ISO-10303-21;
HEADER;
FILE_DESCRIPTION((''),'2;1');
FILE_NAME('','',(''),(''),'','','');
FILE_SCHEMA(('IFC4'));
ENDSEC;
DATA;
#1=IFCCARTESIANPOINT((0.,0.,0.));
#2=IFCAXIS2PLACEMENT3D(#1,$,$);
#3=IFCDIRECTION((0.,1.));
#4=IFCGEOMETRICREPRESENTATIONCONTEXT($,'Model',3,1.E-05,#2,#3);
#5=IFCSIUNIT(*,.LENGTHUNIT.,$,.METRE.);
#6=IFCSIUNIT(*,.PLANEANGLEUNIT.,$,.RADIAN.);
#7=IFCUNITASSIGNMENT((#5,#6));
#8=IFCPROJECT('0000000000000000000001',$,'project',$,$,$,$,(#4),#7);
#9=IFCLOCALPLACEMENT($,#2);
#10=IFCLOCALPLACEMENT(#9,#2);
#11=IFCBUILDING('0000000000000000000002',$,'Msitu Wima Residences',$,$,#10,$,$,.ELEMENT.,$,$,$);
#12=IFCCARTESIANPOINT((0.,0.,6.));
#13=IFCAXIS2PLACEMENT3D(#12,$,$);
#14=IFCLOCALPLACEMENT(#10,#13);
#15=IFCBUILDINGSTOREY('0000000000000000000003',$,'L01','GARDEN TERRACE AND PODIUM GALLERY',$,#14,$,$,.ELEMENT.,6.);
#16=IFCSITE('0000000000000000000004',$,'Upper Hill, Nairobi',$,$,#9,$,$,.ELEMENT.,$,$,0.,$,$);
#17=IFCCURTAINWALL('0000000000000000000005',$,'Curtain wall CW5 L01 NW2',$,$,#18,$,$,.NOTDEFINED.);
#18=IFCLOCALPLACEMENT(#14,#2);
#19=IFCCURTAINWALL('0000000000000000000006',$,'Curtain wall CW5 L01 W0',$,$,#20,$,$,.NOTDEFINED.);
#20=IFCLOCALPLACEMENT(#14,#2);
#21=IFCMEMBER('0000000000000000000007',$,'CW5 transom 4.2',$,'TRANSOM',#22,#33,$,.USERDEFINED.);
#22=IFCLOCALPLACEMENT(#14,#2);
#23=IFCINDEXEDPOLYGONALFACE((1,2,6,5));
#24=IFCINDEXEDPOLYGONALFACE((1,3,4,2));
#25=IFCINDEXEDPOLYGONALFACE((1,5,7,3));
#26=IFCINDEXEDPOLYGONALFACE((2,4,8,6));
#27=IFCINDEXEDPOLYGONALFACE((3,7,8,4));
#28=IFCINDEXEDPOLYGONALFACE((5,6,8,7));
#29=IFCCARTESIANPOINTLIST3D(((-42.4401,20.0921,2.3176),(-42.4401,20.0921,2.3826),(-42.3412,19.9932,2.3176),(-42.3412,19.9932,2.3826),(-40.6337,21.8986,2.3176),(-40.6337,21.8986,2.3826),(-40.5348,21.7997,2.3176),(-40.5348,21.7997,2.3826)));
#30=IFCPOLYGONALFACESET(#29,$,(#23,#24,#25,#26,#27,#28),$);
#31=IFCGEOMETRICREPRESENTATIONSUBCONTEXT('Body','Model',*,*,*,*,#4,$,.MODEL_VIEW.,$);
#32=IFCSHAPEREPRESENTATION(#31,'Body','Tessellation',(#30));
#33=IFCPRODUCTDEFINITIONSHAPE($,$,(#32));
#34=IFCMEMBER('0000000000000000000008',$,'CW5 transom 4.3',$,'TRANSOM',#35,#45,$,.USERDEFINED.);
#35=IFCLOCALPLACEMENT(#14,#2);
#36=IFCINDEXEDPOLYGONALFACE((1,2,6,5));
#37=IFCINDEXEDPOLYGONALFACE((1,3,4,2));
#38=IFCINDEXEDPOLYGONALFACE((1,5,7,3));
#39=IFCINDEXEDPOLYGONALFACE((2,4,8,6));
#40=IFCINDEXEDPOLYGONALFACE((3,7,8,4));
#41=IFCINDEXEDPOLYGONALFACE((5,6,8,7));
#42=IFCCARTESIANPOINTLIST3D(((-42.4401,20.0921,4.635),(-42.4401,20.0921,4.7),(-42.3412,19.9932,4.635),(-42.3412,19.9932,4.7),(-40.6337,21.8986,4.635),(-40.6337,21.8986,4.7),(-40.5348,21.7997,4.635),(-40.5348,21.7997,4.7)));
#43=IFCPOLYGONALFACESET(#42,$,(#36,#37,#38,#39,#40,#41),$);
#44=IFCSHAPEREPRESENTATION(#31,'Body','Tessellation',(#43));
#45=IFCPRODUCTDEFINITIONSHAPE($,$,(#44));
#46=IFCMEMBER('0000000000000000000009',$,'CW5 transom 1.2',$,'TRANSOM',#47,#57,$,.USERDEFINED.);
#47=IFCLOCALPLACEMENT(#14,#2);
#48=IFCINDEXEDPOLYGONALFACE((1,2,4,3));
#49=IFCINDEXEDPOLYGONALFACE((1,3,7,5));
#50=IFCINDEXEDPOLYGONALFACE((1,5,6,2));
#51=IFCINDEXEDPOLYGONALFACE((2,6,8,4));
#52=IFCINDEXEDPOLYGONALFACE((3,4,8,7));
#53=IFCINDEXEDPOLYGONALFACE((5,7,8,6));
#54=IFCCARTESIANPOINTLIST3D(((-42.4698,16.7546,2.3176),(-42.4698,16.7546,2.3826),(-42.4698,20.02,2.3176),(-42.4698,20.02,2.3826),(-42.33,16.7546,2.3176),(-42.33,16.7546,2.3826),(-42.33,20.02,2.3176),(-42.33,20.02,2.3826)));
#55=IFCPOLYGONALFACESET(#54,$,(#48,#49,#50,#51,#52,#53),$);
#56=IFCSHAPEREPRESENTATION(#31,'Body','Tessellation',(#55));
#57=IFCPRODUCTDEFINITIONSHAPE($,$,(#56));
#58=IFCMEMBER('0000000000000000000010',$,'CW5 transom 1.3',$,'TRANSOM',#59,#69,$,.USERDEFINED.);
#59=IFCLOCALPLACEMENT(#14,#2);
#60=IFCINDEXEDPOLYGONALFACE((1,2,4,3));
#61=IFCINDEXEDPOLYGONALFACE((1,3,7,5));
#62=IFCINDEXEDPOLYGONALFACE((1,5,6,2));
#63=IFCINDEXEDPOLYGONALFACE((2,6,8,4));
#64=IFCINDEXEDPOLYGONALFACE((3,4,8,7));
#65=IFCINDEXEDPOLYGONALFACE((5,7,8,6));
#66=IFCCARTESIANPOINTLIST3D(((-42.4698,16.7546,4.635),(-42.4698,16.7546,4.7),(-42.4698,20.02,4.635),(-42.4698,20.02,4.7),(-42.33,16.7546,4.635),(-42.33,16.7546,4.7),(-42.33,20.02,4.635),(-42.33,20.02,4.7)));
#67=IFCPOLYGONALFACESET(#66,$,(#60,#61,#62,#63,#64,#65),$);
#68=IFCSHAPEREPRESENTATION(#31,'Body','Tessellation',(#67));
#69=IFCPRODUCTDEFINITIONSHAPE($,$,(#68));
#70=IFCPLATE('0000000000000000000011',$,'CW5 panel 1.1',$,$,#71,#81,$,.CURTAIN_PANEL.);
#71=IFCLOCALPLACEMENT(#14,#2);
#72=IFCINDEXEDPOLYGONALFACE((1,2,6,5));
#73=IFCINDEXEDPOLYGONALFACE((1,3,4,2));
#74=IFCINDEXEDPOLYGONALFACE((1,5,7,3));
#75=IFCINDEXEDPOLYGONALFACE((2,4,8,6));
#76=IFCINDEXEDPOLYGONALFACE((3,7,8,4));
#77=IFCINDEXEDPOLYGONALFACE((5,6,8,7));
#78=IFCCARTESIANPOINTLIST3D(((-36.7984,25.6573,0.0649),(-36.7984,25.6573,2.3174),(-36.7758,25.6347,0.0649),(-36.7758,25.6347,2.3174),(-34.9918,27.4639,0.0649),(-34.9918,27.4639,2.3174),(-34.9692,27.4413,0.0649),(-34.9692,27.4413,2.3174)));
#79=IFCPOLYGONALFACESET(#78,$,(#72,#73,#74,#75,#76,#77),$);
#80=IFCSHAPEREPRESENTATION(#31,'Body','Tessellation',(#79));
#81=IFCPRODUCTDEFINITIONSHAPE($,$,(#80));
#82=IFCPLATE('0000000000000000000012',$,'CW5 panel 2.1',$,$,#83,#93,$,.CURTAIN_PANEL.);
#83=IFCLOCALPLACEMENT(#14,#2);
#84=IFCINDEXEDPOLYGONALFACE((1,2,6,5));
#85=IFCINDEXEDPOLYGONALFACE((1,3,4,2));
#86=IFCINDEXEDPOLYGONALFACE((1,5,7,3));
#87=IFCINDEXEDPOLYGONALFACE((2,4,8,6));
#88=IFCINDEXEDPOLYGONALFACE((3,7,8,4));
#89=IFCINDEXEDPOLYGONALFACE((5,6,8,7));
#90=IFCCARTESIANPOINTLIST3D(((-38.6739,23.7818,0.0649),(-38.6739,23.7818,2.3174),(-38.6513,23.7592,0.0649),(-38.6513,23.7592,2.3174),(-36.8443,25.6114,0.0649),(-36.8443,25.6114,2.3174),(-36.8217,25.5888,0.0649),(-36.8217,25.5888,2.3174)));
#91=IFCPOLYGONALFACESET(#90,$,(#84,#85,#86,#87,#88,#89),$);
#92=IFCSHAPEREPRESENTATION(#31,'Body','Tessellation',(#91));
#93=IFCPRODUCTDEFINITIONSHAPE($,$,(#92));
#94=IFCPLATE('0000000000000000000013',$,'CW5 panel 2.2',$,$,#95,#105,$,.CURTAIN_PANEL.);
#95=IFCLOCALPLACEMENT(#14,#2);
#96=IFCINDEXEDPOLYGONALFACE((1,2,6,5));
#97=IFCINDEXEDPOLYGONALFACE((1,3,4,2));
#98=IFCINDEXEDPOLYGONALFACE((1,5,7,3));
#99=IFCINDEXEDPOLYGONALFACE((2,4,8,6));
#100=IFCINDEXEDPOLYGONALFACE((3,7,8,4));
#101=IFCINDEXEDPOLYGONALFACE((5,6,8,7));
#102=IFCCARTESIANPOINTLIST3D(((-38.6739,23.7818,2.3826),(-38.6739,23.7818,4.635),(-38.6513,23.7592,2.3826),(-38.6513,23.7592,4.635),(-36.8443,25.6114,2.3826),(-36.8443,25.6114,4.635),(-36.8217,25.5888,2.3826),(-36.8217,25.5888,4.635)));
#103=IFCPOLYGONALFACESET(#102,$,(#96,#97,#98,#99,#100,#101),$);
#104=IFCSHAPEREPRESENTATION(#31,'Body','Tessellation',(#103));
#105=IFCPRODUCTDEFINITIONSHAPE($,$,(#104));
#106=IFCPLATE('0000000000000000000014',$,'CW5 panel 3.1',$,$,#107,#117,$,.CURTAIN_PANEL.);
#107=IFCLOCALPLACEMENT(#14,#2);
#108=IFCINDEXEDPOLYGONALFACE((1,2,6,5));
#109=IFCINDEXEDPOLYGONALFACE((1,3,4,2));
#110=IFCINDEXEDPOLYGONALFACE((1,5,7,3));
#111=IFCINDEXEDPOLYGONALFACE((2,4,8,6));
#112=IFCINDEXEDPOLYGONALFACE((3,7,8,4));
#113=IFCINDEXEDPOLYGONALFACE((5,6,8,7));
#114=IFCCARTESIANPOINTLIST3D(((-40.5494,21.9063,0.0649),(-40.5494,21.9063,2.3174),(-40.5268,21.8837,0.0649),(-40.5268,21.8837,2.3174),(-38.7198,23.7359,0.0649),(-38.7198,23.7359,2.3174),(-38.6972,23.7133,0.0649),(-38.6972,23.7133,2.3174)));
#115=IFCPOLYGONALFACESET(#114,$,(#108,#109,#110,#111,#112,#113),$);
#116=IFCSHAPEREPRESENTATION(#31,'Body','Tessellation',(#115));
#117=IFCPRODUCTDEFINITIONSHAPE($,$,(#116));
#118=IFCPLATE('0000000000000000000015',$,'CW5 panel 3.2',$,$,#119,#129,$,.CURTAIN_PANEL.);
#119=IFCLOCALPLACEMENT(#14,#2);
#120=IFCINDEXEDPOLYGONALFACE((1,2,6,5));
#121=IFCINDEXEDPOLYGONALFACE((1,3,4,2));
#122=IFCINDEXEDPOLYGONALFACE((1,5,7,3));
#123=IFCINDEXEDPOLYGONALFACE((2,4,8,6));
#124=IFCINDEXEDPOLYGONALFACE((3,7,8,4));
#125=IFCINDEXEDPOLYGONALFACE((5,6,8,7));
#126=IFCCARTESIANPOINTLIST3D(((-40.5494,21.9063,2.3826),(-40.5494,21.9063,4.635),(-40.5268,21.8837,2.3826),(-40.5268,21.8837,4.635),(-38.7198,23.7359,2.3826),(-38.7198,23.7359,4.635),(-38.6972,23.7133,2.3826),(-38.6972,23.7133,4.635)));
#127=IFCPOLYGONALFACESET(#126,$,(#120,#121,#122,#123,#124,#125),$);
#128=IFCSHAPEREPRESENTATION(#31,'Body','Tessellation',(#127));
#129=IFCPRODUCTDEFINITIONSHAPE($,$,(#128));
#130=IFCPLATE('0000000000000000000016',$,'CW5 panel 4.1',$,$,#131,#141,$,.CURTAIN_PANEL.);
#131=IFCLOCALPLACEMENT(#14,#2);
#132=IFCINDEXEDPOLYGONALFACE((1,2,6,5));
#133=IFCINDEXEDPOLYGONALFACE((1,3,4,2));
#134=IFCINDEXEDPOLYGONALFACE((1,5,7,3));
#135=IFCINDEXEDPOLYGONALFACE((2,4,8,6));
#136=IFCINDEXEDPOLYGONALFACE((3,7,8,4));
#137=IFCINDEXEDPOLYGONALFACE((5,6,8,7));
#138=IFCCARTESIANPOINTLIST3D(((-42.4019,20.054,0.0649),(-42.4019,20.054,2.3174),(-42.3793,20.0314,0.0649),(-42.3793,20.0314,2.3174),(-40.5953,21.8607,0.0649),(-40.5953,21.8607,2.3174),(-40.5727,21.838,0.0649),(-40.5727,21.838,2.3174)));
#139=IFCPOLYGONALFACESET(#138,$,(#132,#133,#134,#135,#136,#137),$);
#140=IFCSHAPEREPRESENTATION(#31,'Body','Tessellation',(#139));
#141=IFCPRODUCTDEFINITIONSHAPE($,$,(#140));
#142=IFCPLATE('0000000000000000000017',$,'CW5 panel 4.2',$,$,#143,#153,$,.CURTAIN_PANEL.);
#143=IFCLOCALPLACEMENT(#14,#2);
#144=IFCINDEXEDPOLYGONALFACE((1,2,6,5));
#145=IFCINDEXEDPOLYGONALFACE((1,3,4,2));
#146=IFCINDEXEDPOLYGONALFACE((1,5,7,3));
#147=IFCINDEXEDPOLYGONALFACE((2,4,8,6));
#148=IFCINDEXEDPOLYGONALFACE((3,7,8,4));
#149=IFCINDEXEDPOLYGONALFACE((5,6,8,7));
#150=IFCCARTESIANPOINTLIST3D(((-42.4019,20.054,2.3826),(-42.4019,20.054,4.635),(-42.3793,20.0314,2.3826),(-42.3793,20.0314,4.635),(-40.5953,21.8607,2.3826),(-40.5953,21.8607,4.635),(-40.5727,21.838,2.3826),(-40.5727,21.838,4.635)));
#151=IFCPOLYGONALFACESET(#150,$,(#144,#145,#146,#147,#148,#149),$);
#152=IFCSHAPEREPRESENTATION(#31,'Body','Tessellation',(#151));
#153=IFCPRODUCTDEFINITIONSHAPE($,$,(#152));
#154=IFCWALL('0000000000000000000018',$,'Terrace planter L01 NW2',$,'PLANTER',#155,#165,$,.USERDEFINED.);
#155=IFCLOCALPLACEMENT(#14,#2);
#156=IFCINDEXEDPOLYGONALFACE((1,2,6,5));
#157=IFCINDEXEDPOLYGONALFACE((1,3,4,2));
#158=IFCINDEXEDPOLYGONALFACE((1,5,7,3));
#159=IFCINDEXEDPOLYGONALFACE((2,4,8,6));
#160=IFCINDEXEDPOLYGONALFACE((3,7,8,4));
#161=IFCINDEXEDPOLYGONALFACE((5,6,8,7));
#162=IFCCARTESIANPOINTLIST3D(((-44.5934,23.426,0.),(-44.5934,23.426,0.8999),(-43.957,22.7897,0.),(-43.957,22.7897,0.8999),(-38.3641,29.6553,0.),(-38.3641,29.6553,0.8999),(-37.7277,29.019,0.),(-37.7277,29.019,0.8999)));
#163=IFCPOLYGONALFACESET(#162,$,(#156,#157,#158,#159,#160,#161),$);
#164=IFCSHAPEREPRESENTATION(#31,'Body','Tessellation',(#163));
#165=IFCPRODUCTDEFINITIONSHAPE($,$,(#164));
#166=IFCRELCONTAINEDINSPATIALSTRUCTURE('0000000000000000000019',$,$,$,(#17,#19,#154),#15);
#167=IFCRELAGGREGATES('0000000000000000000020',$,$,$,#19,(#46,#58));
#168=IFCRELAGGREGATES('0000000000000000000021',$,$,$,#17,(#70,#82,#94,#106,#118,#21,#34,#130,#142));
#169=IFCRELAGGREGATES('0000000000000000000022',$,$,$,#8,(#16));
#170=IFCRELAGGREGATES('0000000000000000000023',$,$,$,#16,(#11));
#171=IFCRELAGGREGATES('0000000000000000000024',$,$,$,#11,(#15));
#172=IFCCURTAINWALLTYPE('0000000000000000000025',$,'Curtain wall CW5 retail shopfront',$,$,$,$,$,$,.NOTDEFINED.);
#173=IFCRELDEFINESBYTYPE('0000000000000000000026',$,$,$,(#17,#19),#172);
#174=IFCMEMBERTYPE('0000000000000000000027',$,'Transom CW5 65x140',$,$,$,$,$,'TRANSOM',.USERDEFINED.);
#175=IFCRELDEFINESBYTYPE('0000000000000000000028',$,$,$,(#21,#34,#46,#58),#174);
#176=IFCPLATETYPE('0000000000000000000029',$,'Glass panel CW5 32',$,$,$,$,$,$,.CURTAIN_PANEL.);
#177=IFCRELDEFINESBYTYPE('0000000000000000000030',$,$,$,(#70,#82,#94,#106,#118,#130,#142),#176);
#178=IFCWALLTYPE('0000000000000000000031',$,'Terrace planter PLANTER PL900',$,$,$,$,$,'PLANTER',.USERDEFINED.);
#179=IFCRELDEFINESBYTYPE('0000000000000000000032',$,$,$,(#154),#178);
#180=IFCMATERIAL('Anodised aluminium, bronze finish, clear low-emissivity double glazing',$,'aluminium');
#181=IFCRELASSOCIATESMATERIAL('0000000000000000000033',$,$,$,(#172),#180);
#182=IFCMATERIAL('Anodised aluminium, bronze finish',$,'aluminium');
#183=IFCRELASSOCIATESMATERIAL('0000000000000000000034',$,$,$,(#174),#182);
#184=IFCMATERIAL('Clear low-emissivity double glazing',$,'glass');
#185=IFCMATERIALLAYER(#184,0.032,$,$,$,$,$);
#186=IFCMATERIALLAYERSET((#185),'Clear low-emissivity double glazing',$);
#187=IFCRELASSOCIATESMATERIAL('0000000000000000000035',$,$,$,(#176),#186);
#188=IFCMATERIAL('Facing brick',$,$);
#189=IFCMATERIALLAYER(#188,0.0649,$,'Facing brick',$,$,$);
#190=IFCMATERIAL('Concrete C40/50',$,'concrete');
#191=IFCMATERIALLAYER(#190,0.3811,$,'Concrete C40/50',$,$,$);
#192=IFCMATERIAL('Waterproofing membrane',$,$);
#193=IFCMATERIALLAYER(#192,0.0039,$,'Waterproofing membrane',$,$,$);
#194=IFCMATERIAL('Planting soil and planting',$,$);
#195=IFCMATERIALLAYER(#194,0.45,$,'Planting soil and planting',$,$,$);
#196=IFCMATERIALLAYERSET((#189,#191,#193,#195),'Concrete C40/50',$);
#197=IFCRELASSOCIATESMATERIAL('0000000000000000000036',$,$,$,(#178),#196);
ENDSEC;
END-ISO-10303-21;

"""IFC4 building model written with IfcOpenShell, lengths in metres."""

from ifc_helpers import new_model, si_unit, direction, frame, frame_2d, origin, origin_2d, place, context, subcontext, project, spatial, rectangle, extrude, material, layer, layer_set, material_profile, profile_set, type_object, element, aggregate, save


model = new_model("IFC4")

# Units and contexts
model_context = context("Model", 3, precision=1e-05, world=origin(), true_north=direction((0.0, 1.0)))
body_context = subcontext(model_context, "Body", "Model", "MODEL_VIEW")
ifc_project = project(units=[si_unit("LENGTHUNIT", "METRE"), si_unit("PLANEANGLEUNIT", "RADIAN")], contexts=[model_context])

# Site, building, storey
site_placement = place(None, origin())
site = spatial("IfcSite", under=ifc_project, at=site_placement, Name="Upper Hill, Nairobi", CompositionType="ELEMENT", RefElevation=0.0)
building_placement = place(site_placement, origin())
building = spatial("IfcBuilding", under=site, at=building_placement, Name="Msitu Wima Residences", CompositionType="ELEMENT")
storey_placement = place(building_placement, frame((0.0, 0.0, 6.0)))
storey = spatial("IfcBuildingStorey", under=building, at=storey_placement, Name="L01", Description="GARDEN TERRACE AND PODIUM GALLERY", CompositionType="ELEMENT", Elevation=6.0)

# Curtain wall
ifc_material_1 = material(Name="Anodised aluminium, bronze finish, clear low-emissivity double glazing", Category="aluminium")
curtain_wall_type = type_object("IfcCurtainWallType", Name="Curtain wall CW5 retail shopfront", PredefinedType="NOTDEFINED", material=ifc_material_1)
curtain_wall_1_placement = place(storey_placement, origin())
curtain_wall_1 = element("IfcCurtainWall", 1, at=curtain_wall_1_placement, inside=storey, type_object=curtain_wall_type, Name="Curtain wall CW5 L01 NW2", PredefinedType="NOTDEFINED")
ifc_material_2 = material(Name="Anodised aluminium, bronze finish", Category="aluminium")

# Curtain wall
curtain_wall_2_placement = place(storey_placement, origin())
curtain_wall_2 = element("IfcCurtainWall", 2, at=curtain_wall_2_placement, inside=storey, type_object=curtain_wall_type, Name="Curtain wall CW5 L01 W0", PredefinedType="NOTDEFINED")

# Members
ifc_material_profile_1 = material_profile(ifc_material_2, rectangle(XDim=0.1399, YDim=0.0649, at=origin_2d()), Name="Transom 65x140")
ifc_profile_set_1 = profile_set([ifc_material_profile_1], Name="Anodised aluminium, bronze finish")
member_type_1 = type_object("IfcMemberType", Name="Transom CW5 65x140", ElementType="TRANSOM", PredefinedType="USERDEFINED", material=ifc_profile_set_1)
member_1_placement = place(storey_placement, frame((-40.5842, 21.8491, 2.3501), z_axis=(-0.707107, -0.707107, 0.0), x_axis=(0.707107, -0.707107, 0.0)))
member_1 = element("IfcMember", 3, at=member_1_placement, type_object=member_type_1, Name="CW5 transom 4.2", ObjectType="TRANSOM", PredefinedType="USERDEFINED", context=body_context, shape_type="SweptSolid", body=[
    extrude(rectangle(XDim=0.1399, YDim=0.0649, at=origin_2d()), origin(), (0.0, 0.0, 1.0), 2.5547),
])
member_2_placement = place(storey_placement, frame((-40.5842, 21.8491, 4.6675), z_axis=(-0.707107, -0.707107, 0.0), x_axis=(0.707107, -0.707107, 0.0)))
member_2 = element("IfcMember", 4, at=member_2_placement, type_object=member_type_1, Name="CW5 transom 4.3", ObjectType="TRANSOM", PredefinedType="USERDEFINED", context=body_context, shape_type="SweptSolid", body=[
    extrude(rectangle(XDim=0.1399, YDim=0.0649, at=origin_2d()), origin(), (0.0, 0.0, 1.0), 2.5547),
])
member_3_placement = place(storey_placement, frame((-42.3999, 20.02, 2.3501), z_axis=(0.0, -1.0, 0.0), x_axis=(1.0, 0.0, 0.0)))
member_3 = element("IfcMember", 5, at=member_3_placement, type_object=member_type_1, Name="CW5 transom 1.2", ObjectType="TRANSOM", PredefinedType="USERDEFINED", context=body_context, shape_type="SweptSolid", body=[
    extrude(rectangle(XDim=0.1399, YDim=0.0649, at=origin_2d()), origin(), (0.0, 0.0, 1.0), 3.2654),
])
member_4_placement = place(storey_placement, frame((-42.3999, 20.02, 4.6675), z_axis=(0.0, -1.0, 0.0), x_axis=(1.0, 0.0, 0.0)))
member_4 = element("IfcMember", 6, at=member_4_placement, type_object=member_type_1, Name="CW5 transom 1.3", ObjectType="TRANSOM", PredefinedType="USERDEFINED", context=body_context, shape_type="SweptSolid", body=[
    extrude(rectangle(XDim=0.1399, YDim=0.0649, at=origin_2d()), origin(), (0.0, 0.0, 1.0), 3.2654),
])
aggregate(curtain_wall_2, [member_3, member_4])

# Plates
ifc_material_3 = material(Name="Clear low-emissivity double glazing", Category="glass")
ifc_layer_1 = layer(ifc_material_3, 0.032)
ifc_layer_set_1 = layer_set([ifc_layer_1], Name="Clear low-emissivity double glazing")
plate_type = type_object("IfcPlateType", Name="Glass panel CW5 32", PredefinedType="CURTAIN_PANEL", material=ifc_layer_set_1)
plate_1_placement = place(storey_placement, frame((-35.8838, 26.5493, 0.0649), z_axis=(0.0, 0.0, 1.0), x_axis=(-0.707107, -0.707107, 0.0)))
plate_1 = element("IfcPlate", 7, at=plate_1_placement, type_object=plate_type, Name="CW5 panel 1.1", PredefinedType="CURTAIN_PANEL", context=body_context, shape_type="SweptSolid", body=[
    extrude(rectangle(XDim=2.5549, YDim=0.032, at=origin_2d()), origin(), (0.0, 0.0, 1.0), 2.2524),
])
plate_2_placement = place(storey_placement, frame((-37.7478, 24.6853, 0.0649), z_axis=(0.0, 0.0, 1.0), x_axis=(-0.707107, -0.707107, 0.0)))
plate_2 = element("IfcPlate", 8, at=plate_2_placement, type_object=plate_type, Name="CW5 panel 2.1", PredefinedType="CURTAIN_PANEL", context=body_context, shape_type="SweptSolid", body=[
    extrude(rectangle(XDim=2.5874, YDim=0.032, at=origin_2d()), origin(), (0.0, 0.0, 1.0), 2.2524),
])
plate_3_placement = place(storey_placement, frame((-37.7478, 24.6853, 2.3826), z_axis=(0.0, 0.0, 1.0), x_axis=(-0.707107, -0.707107, 0.0)))
plate_3 = element("IfcPlate", 9, at=plate_3_placement, type_object=plate_type, Name="CW5 panel 2.2", PredefinedType="CURTAIN_PANEL", context=body_context, shape_type="SweptSolid", body=[
    extrude(rectangle(XDim=2.5874, YDim=0.032, at=origin_2d()), origin(), (0.0, 0.0, 1.0), 2.2524),
])
plate_4_placement = place(storey_placement, frame((-39.6233, 22.8098, 0.0649), z_axis=(0.0, 0.0, 1.0), x_axis=(-0.707107, -0.707107, 0.0)))
plate_4 = element("IfcPlate", 10, at=plate_4_placement, type_object=plate_type, Name="CW5 panel 3.1", PredefinedType="CURTAIN_PANEL", context=body_context, shape_type="SweptSolid", body=[
    extrude(rectangle(XDim=2.5874, YDim=0.032, at=origin_2d()), origin(), (0.0, 0.0, 1.0), 2.2524),
])
plate_5_placement = place(storey_placement, frame((-39.6233, 22.8098, 2.3826), z_axis=(0.0, 0.0, 1.0), x_axis=(-0.707107, -0.707107, 0.0)))
plate_5 = element("IfcPlate", 11, at=plate_5_placement, type_object=plate_type, Name="CW5 panel 3.2", PredefinedType="CURTAIN_PANEL", context=body_context, shape_type="SweptSolid", body=[
    extrude(rectangle(XDim=2.5874, YDim=0.032, at=origin_2d()), origin(), (0.0, 0.0, 1.0), 2.2524),
])
plate_6_placement = place(storey_placement, frame((-41.4873, 20.946, 0.0649), z_axis=(0.0, 0.0, 1.0), x_axis=(-0.707107, -0.707107, 0.0)))
plate_6 = element("IfcPlate", 12, at=plate_6_placement, type_object=plate_type, Name="CW5 panel 4.1", PredefinedType="CURTAIN_PANEL", context=body_context, shape_type="SweptSolid", body=[
    extrude(rectangle(XDim=2.5549, YDim=0.032, at=origin_2d()), origin(), (0.0, 0.0, 1.0), 2.2524),
])
plate_7_placement = place(storey_placement, frame((-41.4873, 20.946, 2.3826), z_axis=(0.0, 0.0, 1.0), x_axis=(-0.707107, -0.707107, 0.0)))
plate_7 = element("IfcPlate", 13, at=plate_7_placement, type_object=plate_type, Name="CW5 panel 4.2", PredefinedType="CURTAIN_PANEL", context=body_context, shape_type="SweptSolid", body=[
    extrude(rectangle(XDim=2.5549, YDim=0.032, at=origin_2d()), origin(), (0.0, 0.0, 1.0), 2.2524),
])
aggregate(curtain_wall_1, [plate_1, plate_2, plate_3, plate_4, plate_5, member_1, member_2, plate_6, plate_7])

# Wall
ifc_material_4 = material(Name="Facing brick")
ifc_layer_2 = layer(ifc_material_4, 0.0649, Name="Facing brick")
ifc_material_5 = material(Name="Concrete C40/50", Category="concrete")
ifc_layer_3 = layer(ifc_material_5, 0.3811, Name="Concrete C40/50")
ifc_material_6 = material(Name="Waterproofing membrane")
ifc_layer_4 = layer(ifc_material_6, 0.0039, Name="Waterproofing membrane")
ifc_material_7 = material(Name="Planting soil and planting")
ifc_layer_5 = layer(ifc_material_7, 0.45, Name="Planting soil and planting")
ifc_layer_set_2 = layer_set([ifc_layer_2, ifc_layer_3, ifc_layer_4, ifc_layer_5], Name="Concrete C40/50")
wall_type = type_object("IfcWallType", Name="Terrace planter PLANTER PL900", ElementType="PLANTER", PredefinedType="USERDEFINED", material=ifc_layer_set_2)
wall_placement = place(storey_placement, frame((-38.0459, 29.3372, 0.0), z_axis=(0.0, 0.0, 1.0), x_axis=(-0.707107, -0.707107, 0.0)))
element("IfcWall", 14, at=wall_placement, inside=storey, type_object=wall_type, Name="Terrace planter L01 NW2", ObjectType="PLANTER", PredefinedType="USERDEFINED", context=body_context, shape_type="SweptSolid", body=[
    extrude(rectangle(XDim=8.8096, YDim=0.8999, at=frame_2d((4.4048, 0.0))), origin(), (0.0, 0.0, 1.0), 0.8999),
])

save(model, "model.ifc")
